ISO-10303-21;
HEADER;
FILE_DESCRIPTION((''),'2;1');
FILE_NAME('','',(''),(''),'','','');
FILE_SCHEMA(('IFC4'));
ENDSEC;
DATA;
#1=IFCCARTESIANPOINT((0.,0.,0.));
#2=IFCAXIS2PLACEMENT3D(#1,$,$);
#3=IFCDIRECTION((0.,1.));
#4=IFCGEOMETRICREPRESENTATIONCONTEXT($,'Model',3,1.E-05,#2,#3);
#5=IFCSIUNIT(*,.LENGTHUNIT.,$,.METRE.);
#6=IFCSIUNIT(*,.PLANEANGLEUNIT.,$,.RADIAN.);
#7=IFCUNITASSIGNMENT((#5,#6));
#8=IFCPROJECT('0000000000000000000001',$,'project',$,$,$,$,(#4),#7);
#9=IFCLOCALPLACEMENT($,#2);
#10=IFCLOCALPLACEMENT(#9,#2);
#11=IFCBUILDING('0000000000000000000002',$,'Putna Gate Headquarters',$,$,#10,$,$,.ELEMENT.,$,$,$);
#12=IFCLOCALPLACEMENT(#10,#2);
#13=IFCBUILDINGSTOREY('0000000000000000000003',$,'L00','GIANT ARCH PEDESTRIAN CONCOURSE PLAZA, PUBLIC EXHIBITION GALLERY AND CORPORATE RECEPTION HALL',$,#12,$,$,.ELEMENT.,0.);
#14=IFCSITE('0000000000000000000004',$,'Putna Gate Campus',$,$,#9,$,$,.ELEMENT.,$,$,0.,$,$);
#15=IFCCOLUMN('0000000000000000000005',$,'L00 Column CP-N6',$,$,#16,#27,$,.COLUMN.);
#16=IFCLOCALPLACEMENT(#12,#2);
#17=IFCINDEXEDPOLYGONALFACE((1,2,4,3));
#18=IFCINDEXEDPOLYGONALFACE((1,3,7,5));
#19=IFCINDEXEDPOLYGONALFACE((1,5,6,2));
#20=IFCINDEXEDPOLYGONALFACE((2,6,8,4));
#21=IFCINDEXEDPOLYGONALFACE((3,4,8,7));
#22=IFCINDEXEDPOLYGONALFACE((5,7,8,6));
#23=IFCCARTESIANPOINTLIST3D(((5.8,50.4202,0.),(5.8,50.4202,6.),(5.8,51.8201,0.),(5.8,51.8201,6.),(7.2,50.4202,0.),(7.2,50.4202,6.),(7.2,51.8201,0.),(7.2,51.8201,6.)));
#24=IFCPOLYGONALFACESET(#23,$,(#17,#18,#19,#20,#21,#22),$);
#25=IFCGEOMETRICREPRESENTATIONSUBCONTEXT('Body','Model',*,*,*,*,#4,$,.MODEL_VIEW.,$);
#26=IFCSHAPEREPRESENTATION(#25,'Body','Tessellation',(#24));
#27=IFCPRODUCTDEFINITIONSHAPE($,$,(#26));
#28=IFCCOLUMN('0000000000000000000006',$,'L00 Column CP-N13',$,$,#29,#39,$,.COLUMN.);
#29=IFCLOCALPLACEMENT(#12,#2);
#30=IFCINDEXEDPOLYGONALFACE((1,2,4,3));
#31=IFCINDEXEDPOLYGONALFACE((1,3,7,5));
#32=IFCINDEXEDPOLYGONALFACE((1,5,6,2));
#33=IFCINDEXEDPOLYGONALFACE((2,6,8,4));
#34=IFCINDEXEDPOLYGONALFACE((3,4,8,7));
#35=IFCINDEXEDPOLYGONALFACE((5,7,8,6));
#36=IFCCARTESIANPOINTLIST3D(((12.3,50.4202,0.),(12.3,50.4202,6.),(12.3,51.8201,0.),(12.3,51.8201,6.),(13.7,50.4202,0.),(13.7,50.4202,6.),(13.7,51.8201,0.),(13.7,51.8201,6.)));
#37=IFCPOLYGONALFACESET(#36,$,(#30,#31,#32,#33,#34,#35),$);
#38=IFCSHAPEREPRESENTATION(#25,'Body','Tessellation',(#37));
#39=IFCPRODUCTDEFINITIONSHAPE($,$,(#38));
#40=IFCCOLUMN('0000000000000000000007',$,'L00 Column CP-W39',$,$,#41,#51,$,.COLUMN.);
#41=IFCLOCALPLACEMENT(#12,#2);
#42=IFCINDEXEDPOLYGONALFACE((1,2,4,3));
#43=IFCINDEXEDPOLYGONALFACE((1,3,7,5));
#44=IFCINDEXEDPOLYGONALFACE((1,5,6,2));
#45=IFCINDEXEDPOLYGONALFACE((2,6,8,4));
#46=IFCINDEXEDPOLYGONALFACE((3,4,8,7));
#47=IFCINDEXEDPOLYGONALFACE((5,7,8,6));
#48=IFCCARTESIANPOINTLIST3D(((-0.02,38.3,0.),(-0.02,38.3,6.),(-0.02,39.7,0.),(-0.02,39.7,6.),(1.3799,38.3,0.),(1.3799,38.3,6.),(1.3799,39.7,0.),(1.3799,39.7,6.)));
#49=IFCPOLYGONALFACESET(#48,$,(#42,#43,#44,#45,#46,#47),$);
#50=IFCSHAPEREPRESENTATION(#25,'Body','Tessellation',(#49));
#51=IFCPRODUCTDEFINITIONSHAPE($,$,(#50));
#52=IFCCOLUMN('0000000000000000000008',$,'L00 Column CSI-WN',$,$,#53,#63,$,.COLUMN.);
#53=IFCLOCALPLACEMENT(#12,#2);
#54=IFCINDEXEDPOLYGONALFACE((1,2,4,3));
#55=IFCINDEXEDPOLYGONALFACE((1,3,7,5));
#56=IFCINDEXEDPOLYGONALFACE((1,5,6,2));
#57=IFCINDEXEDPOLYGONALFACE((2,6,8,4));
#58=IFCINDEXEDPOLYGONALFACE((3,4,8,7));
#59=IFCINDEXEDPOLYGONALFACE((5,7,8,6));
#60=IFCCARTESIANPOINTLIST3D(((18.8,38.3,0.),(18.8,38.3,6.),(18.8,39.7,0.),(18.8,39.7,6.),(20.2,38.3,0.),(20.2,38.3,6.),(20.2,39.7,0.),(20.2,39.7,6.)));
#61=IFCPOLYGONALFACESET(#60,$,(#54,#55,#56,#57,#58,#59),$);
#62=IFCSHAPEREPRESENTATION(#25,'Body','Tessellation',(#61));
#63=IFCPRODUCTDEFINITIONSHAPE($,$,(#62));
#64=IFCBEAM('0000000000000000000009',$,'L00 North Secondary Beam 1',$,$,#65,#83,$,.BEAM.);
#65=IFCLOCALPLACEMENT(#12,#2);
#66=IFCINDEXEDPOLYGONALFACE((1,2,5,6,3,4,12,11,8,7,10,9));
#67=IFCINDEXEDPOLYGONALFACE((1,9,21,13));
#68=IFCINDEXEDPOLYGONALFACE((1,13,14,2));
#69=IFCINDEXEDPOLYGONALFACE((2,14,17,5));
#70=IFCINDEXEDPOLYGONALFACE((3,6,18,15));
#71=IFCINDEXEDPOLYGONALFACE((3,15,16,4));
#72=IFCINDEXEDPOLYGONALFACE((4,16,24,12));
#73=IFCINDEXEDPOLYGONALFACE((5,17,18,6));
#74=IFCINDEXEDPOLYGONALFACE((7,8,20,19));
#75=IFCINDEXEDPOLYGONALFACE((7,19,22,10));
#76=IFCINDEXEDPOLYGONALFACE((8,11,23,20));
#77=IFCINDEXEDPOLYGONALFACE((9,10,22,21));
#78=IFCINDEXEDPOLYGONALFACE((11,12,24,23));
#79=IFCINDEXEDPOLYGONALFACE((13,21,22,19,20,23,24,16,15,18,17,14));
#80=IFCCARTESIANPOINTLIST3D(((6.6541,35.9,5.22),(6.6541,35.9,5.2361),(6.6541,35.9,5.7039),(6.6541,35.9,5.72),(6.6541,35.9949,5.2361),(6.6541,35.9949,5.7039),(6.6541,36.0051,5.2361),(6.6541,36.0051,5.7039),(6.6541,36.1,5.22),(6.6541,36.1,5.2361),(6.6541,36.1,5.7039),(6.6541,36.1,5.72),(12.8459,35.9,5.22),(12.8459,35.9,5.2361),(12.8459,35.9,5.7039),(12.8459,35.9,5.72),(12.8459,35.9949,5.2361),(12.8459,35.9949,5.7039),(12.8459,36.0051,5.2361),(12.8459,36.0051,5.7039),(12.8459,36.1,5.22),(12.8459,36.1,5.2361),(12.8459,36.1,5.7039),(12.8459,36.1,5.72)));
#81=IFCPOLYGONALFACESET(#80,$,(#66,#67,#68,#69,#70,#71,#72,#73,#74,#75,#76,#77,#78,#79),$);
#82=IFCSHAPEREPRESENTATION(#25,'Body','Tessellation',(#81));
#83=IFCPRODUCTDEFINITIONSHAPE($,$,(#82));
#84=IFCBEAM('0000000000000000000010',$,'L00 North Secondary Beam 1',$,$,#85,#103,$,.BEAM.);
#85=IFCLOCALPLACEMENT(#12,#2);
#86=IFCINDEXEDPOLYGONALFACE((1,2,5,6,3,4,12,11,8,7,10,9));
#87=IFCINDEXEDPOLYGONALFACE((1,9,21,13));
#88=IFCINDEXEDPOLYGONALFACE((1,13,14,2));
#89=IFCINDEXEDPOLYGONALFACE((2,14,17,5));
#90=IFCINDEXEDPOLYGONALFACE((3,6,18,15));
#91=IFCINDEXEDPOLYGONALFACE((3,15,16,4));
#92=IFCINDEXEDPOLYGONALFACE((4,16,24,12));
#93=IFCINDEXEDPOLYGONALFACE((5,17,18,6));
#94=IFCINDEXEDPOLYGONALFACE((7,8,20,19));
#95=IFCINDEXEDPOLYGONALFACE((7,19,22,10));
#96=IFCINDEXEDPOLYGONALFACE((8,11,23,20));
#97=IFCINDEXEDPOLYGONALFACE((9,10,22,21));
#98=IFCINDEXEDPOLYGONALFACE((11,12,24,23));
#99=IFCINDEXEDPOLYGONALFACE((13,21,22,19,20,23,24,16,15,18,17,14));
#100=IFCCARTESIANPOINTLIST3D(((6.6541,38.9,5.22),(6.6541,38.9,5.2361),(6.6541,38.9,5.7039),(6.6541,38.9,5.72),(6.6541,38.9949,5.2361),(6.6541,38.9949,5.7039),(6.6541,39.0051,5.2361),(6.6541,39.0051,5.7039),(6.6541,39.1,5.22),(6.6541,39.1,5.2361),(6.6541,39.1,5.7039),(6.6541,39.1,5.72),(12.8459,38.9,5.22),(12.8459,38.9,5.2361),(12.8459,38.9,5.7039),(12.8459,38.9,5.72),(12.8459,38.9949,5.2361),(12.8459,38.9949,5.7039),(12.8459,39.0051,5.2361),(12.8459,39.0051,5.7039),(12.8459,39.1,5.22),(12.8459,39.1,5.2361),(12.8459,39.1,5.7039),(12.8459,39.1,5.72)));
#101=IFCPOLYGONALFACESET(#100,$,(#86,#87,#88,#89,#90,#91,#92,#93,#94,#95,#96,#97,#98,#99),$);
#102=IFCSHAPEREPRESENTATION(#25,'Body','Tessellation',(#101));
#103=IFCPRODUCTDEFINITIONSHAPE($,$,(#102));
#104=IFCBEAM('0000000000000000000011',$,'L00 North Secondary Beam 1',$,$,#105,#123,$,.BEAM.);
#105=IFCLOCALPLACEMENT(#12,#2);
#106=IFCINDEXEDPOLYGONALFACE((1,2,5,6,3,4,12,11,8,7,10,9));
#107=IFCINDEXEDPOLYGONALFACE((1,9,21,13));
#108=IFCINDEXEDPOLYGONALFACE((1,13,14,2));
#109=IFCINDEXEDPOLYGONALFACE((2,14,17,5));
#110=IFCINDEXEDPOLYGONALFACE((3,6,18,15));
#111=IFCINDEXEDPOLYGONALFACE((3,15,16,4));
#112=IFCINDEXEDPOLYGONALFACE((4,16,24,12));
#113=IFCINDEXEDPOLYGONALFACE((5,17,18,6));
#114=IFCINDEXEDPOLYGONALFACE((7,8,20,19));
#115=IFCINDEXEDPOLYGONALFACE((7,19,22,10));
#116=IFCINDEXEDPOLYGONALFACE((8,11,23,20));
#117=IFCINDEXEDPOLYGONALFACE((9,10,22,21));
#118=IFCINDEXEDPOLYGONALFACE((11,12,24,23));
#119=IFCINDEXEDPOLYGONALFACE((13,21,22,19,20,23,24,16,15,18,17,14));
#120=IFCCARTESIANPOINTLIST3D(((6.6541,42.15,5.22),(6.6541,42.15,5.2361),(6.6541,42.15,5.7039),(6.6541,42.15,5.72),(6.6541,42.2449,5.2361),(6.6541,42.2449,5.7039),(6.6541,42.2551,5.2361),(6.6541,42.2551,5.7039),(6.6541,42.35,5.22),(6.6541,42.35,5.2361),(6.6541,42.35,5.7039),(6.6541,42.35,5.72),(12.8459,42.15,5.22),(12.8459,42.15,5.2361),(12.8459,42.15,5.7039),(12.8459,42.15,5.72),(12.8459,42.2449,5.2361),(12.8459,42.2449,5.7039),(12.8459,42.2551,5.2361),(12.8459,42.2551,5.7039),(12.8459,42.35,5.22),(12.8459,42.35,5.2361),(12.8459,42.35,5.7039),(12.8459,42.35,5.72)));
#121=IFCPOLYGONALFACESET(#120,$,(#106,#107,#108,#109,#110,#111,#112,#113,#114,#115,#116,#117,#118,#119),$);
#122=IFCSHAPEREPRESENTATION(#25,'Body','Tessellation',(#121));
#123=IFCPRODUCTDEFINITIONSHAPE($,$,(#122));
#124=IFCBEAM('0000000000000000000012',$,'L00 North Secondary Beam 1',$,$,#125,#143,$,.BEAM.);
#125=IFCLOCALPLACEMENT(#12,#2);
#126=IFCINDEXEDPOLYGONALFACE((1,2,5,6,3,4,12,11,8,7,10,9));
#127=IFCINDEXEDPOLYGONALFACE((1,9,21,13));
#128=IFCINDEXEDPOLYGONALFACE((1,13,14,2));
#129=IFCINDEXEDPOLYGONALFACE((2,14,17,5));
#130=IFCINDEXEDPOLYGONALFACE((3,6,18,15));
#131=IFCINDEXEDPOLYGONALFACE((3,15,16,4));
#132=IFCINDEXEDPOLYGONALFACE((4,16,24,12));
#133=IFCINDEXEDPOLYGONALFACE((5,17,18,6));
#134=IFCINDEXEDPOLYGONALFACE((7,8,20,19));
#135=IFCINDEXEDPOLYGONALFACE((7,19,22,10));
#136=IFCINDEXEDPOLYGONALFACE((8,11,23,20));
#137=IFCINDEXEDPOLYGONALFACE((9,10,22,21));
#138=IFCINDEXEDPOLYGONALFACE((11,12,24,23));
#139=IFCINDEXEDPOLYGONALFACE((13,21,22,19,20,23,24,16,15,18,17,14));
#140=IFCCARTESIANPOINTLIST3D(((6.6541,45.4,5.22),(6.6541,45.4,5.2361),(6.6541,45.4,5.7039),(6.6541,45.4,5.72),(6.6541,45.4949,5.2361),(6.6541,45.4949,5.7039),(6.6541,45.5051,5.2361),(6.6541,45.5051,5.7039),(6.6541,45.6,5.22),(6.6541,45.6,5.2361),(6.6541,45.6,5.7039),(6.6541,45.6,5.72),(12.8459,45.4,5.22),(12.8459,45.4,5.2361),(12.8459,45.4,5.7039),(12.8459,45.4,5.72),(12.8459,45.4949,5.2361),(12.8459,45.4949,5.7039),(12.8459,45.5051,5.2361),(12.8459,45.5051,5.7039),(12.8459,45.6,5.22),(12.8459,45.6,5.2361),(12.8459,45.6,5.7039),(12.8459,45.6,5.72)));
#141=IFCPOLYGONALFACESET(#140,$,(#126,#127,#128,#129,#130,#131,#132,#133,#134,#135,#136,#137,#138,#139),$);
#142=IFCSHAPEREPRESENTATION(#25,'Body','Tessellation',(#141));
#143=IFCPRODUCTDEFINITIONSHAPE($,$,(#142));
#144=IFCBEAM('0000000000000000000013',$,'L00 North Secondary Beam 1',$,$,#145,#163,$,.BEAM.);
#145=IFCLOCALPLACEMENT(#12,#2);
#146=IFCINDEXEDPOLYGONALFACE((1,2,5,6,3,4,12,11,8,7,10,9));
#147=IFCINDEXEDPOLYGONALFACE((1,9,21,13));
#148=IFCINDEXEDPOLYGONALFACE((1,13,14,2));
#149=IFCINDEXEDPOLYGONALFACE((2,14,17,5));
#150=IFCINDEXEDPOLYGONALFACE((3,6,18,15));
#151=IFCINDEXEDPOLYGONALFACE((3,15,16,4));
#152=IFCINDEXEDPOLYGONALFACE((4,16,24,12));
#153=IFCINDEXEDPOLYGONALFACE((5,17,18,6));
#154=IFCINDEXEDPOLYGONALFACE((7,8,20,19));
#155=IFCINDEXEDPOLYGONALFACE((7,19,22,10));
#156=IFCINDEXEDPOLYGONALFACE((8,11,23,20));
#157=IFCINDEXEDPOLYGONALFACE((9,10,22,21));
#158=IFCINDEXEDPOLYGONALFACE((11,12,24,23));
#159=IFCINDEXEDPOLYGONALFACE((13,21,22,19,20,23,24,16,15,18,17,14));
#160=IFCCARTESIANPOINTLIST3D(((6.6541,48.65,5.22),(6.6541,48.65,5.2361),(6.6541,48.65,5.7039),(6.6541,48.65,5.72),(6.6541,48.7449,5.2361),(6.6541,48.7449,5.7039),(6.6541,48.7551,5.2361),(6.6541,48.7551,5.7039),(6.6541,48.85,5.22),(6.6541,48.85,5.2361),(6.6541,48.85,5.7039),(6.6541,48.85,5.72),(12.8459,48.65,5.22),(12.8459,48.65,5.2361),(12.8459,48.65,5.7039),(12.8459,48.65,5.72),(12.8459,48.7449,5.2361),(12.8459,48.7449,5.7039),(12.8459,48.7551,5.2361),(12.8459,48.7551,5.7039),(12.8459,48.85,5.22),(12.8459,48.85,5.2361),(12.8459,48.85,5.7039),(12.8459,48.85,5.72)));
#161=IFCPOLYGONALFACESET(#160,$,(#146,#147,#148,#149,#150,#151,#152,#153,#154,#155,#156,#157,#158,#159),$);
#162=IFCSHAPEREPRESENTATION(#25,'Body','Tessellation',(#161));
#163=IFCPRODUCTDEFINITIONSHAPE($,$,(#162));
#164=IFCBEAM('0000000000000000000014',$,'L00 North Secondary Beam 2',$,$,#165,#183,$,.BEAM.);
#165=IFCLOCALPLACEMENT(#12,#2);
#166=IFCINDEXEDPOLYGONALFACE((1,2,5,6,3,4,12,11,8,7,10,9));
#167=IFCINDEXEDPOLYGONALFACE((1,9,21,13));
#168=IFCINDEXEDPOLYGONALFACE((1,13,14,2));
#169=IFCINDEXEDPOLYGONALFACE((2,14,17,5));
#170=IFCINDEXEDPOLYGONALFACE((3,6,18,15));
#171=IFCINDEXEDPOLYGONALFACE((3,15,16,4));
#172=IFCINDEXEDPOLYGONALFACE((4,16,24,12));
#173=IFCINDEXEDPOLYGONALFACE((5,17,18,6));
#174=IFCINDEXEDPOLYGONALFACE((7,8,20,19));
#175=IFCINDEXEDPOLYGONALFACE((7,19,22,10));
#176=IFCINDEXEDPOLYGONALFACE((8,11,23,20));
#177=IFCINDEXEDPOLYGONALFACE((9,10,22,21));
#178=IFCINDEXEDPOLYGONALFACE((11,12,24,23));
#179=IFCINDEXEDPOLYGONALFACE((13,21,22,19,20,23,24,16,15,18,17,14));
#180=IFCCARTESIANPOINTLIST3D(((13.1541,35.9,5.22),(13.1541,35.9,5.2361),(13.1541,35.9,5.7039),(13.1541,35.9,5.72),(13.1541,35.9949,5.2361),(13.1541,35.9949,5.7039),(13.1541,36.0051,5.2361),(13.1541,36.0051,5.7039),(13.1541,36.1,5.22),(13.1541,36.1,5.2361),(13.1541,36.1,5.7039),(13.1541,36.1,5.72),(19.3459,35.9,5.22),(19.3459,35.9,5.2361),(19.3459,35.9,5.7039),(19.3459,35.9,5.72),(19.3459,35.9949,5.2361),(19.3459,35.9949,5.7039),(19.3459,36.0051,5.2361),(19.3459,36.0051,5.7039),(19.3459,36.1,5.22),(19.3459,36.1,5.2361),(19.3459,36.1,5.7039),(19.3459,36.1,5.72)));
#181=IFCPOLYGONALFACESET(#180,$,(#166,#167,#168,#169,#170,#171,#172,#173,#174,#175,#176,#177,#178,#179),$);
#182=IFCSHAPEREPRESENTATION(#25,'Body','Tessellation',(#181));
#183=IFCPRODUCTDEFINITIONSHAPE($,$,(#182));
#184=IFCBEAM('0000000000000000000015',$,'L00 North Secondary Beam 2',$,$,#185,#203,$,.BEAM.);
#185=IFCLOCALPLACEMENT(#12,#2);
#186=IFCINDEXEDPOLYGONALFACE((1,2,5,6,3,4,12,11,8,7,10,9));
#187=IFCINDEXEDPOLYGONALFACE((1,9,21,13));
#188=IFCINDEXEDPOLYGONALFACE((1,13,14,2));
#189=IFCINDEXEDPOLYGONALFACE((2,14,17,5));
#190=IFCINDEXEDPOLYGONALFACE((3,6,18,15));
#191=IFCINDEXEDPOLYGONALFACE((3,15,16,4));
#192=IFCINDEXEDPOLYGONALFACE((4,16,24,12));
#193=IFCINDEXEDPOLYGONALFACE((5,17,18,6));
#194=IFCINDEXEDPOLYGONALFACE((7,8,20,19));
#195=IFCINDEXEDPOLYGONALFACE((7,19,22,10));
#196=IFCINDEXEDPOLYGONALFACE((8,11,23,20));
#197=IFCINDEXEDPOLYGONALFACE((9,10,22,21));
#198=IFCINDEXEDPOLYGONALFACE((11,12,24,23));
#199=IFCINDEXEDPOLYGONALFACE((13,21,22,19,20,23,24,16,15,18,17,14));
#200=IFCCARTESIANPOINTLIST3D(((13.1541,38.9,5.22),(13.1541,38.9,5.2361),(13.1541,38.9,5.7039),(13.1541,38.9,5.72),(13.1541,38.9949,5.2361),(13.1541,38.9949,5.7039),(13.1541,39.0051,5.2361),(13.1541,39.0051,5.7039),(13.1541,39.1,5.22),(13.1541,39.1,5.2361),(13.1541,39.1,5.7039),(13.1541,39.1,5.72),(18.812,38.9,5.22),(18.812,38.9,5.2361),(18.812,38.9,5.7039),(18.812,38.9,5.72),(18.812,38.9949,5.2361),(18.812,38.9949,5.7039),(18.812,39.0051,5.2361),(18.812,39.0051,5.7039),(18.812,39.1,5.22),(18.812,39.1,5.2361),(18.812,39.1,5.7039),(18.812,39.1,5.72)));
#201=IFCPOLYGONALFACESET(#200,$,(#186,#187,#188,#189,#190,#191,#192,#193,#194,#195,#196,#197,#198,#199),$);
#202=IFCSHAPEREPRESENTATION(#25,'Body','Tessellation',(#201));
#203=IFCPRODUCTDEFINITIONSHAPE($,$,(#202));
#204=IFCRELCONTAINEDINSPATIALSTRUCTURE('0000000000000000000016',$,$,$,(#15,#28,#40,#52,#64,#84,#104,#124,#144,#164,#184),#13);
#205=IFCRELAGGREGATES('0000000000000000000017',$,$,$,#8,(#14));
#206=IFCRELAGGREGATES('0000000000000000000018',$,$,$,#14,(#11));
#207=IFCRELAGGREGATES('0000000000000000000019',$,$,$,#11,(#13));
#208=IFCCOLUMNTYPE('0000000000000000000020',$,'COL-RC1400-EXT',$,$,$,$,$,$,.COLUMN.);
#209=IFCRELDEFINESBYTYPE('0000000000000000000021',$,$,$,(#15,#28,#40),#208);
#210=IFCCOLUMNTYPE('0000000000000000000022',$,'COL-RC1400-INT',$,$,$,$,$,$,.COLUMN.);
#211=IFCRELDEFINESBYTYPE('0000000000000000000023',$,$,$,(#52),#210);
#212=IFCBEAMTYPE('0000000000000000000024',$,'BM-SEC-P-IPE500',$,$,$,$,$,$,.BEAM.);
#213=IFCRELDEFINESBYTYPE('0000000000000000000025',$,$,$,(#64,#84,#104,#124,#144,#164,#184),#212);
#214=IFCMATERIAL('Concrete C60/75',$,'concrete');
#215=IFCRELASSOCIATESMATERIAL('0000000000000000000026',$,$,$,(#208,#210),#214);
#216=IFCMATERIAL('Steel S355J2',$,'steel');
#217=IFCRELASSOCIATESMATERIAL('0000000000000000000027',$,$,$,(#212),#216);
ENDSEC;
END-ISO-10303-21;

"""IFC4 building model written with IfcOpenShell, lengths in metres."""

from ifc_helpers import new_model, si_unit, direction, frame, origin, origin_2d, place, context, subcontext, project, spatial, rectangle, i_section, extrude, material, material_profile, profile_set, type_object, element, save


model = new_model("IFC4")

# Units and contexts
model_context = context("Model", 3, precision=1e-05, world=origin(), true_north=direction((0.0, 1.0)))
body_context = subcontext(model_context, "Body", "Model", "MODEL_VIEW")
ifc_project = project(units=[si_unit("LENGTHUNIT", "METRE"), si_unit("PLANEANGLEUNIT", "RADIAN")], contexts=[model_context])

# Site, building, storey
site_placement = place(None, origin())
site = spatial("IfcSite", under=ifc_project, at=site_placement, Name="Putna Gate Campus", CompositionType="ELEMENT", RefElevation=0.0)
building_placement = place(site_placement, origin())
building = spatial("IfcBuilding", under=site, at=building_placement, Name="Putna Gate Headquarters", CompositionType="ELEMENT")
storey_placement = place(building_placement, origin())
storey = spatial("IfcBuildingStorey", under=building, at=storey_placement, Name="L00", Description="GIANT ARCH PEDESTRIAN CONCOURSE PLAZA, PUBLIC EXHIBITION GALLERY AND CORPORATE RECEPTION HALL", CompositionType="ELEMENT", Elevation=0.0)

# Columns
ifc_material_1 = material(Name="Concrete C60/75", Category="concrete")
ifc_material_profile_1 = material_profile(ifc_material_1, rectangle(XDim=1.3999, YDim=1.3999, at=origin_2d()), Name="Concrete C60/75")
ifc_profile_set_1 = profile_set([ifc_material_profile_1], Name="Concrete C60/75")
column_type_1 = type_object("IfcColumnType", Name="COL-RC1400-EXT", PredefinedType="COLUMN", material=ifc_profile_set_1)
for number, where, z_axis, x_axis, name in (
    (1, (6.5, 51.1201, 0.0), (0.0, 0.0, 1.0), (1.0, 0.0, 0.0), "L00 Column CP-N6"),
    (2, (13.0, 51.1201, 0.0), (0.0, 0.0, 1.0), (1.0, 0.0, 0.0), "L00 Column CP-N13"),
    (3, (0.6799, 39.0, 0.0), (0.0, 0.0, 1.0), (1.0, 0.0, 0.0), "L00 Column CP-W39"),
):
    element("IfcColumn", number, at=place(storey_placement, frame(where, z_axis=z_axis, x_axis=x_axis)), inside=storey, type_object=column_type_1, Name=name, PredefinedType="COLUMN", context=body_context, shape_type="SweptSolid", body=[
        extrude(rectangle(XDim=1.3999, YDim=1.3999, at=origin_2d()), origin(), (0.0, 0.0, 1.0), 6.0),
    ])
ifc_material_profile_2 = material_profile(ifc_material_1, rectangle(XDim=1.3999, YDim=1.3999, at=origin_2d()), Name="Concrete C60/75")
ifc_profile_set_2 = profile_set([ifc_material_profile_2], Name="Concrete C60/75")
column_type_2 = type_object("IfcColumnType", Name="COL-RC1400-INT", PredefinedType="COLUMN", material=ifc_profile_set_2)
column_placement = place(storey_placement, frame((19.5, 39.0, 0.0), z_axis=(0.0, 0.0, 1.0), x_axis=(1.0, 0.0, 0.0)))
element("IfcColumn", 4, at=column_placement, inside=storey, type_object=column_type_2, Name="L00 Column CSI-WN", PredefinedType="COLUMN", context=body_context, shape_type="SweptSolid", body=[
    extrude(rectangle(XDim=1.3999, YDim=1.3999, at=origin_2d()), origin(), (0.0, 0.0, 1.0), 6.0),
])

# Beams
ifc_material_2 = material(Name="Steel S355J2", Category="steel")
ifc_material_profile_3 = material_profile(ifc_material_2, i_section(OverallWidth=0.2, OverallDepth=0.5, WebThickness=0.0103, FlangeThickness=0.0161, at=origin_2d()), Name="Steel S355J2")
ifc_profile_set_3 = profile_set([ifc_material_profile_3], Name="Steel S355J2")
beam_type_1 = type_object("IfcBeamType", Name="BM-SEC-P-IPE500", PredefinedType="BEAM", material=ifc_profile_set_3)
for number, where, z_axis, x_axis, name in (
    (5, (6.6541, 36.0, 5.47), (1.0, 0.0, 0.0), (0.0, 1.0, 0.0), "L00 North Secondary Beam 1"),
    (6, (6.6541, 39.0, 5.47), (1.0, 0.0, 0.0), (0.0, 1.0, 0.0), "L00 North Secondary Beam 1"),
    (7, (6.6541, 42.25, 5.47), (1.0, 0.0, 0.0), (0.0, 1.0, 0.0), "L00 North Secondary Beam 1"),
    (8, (6.6541, 45.5, 5.47), (1.0, 0.0, 0.0), (0.0, 1.0, 0.0), "L00 North Secondary Beam 1"),
    (9, (6.6541, 48.75, 5.47), (1.0, 0.0, 0.0), (0.0, 1.0, 0.0), "L00 North Secondary Beam 1"),
    (10, (13.1541, 36.0, 5.47), (1.0, 0.0, 0.0), (0.0, 1.0, 0.0), "L00 North Secondary Beam 2"),
):
    element("IfcBeam", number, at=place(storey_placement, frame(where, z_axis=z_axis, x_axis=x_axis)), inside=storey, type_object=beam_type_1, Name=name, PredefinedType="BEAM", context=body_context, shape_type="SweptSolid", body=[
        extrude(i_section(OverallWidth=0.2, OverallDepth=0.5, WebThickness=0.0103, FlangeThickness=0.0161, at=origin_2d()), origin(), (0.0, 0.0, 1.0), 6.1919),
    ])
beam_placement = place(storey_placement, frame((13.1541, 39.0, 5.47), z_axis=(1.0, 0.0, 0.0), x_axis=(0.0, 1.0, 0.0)))
element("IfcBeam", 11, at=beam_placement, inside=storey, type_object=beam_type_1, Name="L00 North Secondary Beam 2", PredefinedType="BEAM", context=body_context, shape_type="SweptSolid", body=[
    extrude(i_section(OverallWidth=0.2, OverallDepth=0.5, WebThickness=0.0103, FlangeThickness=0.0161, at=origin_2d()), origin(), (0.0, 0.0, 1.0), 5.658),
])

save(model, "model.ifc")
